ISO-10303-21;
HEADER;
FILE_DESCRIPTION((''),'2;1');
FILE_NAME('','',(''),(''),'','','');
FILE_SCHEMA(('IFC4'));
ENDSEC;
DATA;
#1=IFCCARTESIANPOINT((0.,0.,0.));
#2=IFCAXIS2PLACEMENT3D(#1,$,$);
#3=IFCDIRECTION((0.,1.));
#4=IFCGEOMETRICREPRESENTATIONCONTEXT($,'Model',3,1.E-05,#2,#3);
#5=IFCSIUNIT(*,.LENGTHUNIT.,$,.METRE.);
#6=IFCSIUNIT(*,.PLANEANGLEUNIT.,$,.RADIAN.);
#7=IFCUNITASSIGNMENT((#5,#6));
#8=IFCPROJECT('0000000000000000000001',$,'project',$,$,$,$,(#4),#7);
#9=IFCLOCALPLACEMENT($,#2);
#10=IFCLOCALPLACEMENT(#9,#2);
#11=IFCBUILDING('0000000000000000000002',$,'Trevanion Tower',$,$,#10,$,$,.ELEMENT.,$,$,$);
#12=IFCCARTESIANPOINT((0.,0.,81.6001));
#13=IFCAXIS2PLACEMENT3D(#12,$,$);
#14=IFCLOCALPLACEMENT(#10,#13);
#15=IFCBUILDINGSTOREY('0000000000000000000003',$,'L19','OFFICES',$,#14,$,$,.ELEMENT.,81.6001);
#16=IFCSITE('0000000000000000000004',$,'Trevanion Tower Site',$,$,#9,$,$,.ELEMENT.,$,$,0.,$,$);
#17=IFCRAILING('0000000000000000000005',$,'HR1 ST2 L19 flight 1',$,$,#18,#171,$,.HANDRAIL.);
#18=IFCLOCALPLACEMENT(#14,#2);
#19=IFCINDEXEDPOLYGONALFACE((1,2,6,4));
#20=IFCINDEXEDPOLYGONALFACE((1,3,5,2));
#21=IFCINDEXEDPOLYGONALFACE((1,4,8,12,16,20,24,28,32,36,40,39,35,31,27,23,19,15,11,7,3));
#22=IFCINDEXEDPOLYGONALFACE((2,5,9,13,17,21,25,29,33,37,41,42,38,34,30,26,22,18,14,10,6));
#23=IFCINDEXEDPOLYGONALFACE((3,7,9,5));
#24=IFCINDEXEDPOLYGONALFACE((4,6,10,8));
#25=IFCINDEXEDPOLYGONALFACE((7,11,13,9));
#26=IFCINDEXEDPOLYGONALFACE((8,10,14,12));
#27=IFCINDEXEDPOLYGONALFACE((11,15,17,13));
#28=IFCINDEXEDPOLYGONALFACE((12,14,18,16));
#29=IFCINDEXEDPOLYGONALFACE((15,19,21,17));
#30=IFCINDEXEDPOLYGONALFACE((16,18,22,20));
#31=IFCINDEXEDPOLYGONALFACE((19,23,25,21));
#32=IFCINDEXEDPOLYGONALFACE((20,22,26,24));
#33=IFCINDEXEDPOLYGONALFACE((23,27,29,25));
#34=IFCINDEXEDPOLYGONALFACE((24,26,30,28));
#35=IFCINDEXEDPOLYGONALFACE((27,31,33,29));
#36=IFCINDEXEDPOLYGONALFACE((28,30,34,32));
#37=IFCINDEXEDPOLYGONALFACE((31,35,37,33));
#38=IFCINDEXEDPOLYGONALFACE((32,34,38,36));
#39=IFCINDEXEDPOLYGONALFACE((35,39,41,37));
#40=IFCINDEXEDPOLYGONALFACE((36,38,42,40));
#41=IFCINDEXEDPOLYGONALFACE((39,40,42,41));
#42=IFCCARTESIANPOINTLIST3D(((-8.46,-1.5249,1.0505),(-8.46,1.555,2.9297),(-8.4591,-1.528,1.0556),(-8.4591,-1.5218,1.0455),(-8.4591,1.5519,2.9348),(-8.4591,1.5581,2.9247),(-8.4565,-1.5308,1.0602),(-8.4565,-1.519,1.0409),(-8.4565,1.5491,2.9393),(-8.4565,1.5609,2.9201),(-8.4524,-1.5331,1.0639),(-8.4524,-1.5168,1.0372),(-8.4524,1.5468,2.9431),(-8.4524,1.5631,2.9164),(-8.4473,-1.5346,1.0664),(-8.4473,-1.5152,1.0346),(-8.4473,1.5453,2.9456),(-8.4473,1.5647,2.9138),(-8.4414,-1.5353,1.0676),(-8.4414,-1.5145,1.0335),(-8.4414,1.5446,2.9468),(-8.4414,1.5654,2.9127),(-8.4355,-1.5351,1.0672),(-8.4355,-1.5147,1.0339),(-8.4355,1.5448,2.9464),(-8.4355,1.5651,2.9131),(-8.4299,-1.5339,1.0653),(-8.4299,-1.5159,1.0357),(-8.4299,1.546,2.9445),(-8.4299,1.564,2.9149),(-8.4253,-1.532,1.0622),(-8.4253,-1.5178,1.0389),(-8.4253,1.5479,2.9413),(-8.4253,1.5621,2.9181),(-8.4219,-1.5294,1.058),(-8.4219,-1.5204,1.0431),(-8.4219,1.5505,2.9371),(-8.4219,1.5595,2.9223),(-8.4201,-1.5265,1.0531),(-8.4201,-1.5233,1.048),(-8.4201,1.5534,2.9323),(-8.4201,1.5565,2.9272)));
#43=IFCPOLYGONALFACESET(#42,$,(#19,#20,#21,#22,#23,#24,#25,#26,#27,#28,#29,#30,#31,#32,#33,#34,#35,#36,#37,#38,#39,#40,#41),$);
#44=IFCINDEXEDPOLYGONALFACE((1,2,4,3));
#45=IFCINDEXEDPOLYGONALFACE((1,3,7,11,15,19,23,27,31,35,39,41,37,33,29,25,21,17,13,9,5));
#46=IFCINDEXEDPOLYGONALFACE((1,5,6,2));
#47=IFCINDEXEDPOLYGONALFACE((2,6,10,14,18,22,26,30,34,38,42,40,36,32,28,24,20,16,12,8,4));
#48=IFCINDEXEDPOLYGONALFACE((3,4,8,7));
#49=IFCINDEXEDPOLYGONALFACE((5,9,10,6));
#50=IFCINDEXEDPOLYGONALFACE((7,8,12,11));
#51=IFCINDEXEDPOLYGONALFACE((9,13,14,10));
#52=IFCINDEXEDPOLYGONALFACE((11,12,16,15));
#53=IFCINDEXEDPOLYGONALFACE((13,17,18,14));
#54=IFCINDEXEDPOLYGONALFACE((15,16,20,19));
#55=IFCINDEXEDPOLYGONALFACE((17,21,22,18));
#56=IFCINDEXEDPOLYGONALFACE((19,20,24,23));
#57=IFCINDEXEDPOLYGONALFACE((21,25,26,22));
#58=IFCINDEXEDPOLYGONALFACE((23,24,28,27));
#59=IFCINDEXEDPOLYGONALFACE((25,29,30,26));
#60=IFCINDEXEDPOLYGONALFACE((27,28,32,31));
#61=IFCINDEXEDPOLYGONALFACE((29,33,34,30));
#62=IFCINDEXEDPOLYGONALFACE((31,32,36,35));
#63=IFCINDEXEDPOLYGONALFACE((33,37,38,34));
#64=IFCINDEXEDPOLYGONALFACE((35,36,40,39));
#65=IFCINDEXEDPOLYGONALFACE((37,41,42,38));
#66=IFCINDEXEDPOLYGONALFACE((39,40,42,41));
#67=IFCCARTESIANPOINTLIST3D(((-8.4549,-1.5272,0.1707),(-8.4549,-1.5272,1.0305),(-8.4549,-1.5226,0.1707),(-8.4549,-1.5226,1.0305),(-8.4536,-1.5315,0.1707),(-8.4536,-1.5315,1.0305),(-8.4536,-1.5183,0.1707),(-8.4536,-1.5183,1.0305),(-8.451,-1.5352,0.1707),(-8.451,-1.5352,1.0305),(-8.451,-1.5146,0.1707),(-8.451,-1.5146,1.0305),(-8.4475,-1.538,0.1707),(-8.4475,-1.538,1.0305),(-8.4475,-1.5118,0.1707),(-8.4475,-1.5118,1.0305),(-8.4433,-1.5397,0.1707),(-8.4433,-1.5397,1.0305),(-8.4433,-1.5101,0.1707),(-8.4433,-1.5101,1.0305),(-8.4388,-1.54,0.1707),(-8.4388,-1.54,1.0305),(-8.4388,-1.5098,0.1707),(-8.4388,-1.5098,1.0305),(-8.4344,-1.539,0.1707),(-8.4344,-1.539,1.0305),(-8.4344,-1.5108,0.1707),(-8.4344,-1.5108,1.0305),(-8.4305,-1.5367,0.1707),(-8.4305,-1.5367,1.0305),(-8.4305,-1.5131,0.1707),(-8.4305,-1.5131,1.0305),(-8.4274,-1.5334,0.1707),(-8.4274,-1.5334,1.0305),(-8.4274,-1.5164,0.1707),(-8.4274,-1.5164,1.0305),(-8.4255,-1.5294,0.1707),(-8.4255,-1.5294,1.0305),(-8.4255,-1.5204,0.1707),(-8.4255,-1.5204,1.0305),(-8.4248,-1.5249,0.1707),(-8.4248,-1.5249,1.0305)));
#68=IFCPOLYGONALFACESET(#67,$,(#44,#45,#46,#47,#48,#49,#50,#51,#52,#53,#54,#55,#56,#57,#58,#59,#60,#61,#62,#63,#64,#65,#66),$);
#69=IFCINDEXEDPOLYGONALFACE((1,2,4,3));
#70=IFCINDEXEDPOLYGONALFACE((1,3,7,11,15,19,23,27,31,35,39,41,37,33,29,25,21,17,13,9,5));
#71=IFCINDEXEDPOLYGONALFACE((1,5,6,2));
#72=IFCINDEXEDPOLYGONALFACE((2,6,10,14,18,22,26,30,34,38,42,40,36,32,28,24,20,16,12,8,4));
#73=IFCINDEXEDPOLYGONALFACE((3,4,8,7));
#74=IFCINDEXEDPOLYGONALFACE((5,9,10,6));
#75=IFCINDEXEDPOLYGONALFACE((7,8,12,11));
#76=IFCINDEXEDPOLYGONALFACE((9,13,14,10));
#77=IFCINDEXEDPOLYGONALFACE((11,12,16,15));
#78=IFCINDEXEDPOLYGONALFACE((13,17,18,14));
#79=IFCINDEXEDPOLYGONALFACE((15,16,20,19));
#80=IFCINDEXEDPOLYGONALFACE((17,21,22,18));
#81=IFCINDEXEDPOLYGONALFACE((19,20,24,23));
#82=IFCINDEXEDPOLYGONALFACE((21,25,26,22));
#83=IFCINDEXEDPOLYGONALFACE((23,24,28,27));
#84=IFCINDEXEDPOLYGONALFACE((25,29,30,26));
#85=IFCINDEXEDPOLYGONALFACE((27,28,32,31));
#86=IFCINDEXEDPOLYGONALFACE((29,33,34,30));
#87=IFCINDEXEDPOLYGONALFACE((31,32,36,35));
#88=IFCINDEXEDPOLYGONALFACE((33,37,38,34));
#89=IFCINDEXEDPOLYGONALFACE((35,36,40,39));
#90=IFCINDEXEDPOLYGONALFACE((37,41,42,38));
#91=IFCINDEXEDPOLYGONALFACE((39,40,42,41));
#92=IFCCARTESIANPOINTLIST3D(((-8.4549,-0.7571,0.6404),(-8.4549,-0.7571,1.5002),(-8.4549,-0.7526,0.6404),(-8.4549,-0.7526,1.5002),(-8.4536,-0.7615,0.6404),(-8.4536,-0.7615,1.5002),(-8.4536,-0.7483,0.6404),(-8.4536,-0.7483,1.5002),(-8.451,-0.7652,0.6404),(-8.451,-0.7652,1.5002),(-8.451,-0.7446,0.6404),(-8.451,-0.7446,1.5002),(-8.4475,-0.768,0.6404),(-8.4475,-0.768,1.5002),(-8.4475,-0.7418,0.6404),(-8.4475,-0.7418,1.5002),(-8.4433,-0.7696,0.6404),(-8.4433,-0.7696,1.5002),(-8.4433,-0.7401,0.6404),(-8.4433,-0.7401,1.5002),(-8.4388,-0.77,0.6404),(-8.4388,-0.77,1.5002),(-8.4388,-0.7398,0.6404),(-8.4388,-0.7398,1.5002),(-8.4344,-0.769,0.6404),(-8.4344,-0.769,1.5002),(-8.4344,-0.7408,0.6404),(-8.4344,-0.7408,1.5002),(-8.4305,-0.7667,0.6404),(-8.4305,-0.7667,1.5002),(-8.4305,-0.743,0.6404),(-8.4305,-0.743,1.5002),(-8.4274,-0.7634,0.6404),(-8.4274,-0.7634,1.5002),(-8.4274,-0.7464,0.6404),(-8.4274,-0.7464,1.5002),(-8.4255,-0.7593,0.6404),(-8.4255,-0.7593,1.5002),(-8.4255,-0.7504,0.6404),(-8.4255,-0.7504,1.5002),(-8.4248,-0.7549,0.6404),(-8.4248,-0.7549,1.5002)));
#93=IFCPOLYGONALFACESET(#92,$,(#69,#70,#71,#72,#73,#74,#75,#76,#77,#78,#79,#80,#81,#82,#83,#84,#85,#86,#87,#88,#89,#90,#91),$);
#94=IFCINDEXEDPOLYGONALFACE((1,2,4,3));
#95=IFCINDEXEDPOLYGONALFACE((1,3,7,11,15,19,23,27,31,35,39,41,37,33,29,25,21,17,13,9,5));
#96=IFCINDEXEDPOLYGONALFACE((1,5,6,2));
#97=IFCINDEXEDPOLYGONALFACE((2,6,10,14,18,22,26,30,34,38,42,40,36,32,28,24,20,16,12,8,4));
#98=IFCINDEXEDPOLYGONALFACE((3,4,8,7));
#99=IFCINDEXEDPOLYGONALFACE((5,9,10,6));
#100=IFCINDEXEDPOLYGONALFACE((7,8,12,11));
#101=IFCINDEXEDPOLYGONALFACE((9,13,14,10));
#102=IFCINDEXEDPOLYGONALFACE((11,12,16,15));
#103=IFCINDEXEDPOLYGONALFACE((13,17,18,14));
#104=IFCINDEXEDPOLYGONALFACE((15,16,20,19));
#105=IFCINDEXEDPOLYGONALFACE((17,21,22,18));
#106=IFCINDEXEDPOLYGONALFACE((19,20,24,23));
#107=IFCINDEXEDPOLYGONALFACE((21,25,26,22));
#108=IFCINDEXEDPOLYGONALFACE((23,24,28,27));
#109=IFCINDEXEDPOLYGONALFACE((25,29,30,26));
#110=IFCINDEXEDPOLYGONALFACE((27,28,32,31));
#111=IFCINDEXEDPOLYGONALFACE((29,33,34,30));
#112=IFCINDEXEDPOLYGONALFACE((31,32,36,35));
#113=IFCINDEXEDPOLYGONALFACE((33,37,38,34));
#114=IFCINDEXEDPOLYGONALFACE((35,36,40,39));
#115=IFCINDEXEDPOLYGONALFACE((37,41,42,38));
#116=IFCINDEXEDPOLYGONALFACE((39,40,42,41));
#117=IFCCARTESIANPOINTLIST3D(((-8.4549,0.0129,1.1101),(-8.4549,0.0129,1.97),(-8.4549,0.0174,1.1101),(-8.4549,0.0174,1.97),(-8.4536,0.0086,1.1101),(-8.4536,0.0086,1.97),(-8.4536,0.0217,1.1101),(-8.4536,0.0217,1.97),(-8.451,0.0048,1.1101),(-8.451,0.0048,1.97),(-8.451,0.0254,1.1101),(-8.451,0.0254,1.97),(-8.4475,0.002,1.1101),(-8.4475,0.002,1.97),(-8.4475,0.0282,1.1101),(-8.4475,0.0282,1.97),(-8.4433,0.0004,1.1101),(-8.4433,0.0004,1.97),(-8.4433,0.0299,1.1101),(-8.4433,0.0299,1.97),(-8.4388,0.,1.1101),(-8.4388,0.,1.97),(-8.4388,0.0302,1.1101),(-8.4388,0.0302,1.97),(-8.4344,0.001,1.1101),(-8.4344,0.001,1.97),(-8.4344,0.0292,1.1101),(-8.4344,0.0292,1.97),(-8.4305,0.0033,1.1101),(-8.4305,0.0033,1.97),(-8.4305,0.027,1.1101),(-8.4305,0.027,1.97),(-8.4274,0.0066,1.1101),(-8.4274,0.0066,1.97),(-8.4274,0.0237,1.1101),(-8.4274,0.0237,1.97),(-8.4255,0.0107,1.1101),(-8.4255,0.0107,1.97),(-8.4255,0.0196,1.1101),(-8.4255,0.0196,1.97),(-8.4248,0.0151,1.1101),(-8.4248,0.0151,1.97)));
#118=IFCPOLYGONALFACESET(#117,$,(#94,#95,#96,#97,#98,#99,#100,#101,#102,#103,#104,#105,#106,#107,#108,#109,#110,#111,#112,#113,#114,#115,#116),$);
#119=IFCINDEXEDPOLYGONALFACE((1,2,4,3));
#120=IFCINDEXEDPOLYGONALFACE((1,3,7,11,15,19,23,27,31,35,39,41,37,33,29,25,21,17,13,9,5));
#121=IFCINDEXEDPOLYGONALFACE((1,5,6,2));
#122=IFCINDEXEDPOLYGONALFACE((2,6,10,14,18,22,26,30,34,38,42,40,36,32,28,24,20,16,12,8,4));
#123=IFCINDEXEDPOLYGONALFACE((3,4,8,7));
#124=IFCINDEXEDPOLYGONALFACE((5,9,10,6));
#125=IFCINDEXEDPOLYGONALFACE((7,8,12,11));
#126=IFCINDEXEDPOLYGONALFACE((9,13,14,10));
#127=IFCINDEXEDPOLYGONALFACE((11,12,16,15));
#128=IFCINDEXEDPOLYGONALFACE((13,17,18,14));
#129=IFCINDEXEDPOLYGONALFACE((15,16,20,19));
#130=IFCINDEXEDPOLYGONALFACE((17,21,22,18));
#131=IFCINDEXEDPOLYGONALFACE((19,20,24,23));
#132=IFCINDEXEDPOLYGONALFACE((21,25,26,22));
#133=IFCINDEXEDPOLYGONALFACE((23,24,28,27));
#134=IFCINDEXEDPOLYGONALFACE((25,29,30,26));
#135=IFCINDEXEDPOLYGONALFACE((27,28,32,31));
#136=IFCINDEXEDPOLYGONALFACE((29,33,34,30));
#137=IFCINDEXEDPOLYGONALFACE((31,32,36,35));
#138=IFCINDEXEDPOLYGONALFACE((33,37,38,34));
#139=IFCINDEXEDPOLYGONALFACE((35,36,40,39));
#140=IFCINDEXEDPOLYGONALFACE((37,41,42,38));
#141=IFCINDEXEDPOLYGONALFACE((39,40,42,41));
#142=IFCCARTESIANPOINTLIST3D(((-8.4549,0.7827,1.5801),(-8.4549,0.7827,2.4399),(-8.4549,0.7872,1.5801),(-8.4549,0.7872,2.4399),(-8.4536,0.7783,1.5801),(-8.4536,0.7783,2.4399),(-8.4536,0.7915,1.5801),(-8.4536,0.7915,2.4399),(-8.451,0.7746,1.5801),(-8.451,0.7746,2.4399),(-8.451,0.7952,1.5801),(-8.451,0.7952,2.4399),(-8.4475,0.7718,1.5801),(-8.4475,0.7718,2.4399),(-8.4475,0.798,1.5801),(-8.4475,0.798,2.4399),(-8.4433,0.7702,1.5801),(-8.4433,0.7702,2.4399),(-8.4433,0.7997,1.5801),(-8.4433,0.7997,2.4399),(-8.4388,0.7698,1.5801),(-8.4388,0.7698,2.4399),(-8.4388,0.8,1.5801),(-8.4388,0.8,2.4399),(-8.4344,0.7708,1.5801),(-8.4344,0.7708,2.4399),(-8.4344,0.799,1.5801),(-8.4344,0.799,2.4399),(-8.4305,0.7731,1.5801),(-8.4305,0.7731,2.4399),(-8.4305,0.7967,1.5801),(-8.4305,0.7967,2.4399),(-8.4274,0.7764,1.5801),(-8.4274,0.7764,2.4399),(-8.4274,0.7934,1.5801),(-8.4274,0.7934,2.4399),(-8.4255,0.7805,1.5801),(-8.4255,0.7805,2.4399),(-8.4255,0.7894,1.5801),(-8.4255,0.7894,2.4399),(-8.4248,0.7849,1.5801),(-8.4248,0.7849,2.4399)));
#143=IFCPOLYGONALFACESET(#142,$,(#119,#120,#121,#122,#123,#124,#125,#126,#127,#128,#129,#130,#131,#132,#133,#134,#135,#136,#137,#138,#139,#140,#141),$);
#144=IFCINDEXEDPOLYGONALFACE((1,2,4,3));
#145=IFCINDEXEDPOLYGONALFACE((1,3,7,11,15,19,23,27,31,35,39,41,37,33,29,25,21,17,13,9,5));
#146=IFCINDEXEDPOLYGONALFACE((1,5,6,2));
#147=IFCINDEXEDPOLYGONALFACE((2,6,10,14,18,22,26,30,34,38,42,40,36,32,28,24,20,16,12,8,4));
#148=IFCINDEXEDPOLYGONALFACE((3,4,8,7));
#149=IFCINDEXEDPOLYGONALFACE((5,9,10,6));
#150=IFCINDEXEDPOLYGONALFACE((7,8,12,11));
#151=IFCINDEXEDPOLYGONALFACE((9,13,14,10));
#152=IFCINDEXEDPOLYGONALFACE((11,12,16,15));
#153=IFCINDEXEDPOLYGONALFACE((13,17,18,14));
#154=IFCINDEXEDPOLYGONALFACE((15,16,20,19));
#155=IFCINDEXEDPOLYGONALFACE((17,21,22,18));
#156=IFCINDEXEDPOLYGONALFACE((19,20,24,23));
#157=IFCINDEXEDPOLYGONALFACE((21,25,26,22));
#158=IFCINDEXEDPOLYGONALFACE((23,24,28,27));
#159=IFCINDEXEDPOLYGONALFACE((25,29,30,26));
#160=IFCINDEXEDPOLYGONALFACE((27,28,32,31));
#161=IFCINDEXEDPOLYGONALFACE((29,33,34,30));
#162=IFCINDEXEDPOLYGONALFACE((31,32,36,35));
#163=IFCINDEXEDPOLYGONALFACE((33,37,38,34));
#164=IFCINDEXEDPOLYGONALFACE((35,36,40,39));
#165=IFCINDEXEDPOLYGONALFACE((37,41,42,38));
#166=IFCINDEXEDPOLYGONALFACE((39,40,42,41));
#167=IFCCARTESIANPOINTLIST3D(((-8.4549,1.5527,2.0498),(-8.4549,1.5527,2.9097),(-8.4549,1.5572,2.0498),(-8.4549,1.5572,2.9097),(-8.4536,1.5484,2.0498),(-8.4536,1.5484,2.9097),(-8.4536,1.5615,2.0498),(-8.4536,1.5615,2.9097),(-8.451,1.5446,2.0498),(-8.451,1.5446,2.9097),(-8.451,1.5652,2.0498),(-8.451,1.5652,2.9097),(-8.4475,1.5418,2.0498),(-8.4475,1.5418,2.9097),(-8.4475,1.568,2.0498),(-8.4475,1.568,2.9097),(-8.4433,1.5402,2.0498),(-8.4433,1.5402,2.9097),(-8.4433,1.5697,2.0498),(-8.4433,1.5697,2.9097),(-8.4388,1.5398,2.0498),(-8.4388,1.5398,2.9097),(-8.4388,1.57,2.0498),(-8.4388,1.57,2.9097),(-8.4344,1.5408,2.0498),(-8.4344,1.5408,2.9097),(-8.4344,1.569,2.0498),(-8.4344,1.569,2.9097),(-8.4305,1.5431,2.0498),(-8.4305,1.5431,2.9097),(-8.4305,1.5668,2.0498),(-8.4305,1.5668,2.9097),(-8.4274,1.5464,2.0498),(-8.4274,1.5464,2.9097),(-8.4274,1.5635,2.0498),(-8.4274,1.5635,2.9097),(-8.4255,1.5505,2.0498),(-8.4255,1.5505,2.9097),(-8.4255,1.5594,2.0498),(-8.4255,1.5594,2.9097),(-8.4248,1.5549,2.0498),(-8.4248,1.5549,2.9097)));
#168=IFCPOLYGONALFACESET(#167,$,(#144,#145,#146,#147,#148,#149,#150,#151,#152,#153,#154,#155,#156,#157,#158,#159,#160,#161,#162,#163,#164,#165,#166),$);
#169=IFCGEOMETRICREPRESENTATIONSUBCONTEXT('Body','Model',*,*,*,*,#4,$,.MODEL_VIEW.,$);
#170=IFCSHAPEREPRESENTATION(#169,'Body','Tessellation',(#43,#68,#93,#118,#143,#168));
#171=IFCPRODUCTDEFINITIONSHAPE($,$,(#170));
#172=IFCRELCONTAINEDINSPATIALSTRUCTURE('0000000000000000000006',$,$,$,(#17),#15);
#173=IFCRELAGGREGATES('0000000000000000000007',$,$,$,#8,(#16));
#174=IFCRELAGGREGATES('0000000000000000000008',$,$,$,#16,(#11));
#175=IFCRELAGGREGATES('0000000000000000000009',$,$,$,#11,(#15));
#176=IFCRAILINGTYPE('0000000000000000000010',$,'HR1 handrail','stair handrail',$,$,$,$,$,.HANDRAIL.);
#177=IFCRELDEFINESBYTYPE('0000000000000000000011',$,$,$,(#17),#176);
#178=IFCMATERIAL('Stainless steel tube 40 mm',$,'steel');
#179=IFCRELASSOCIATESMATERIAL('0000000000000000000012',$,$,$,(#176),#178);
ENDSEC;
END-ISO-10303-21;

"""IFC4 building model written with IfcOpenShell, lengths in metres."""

from ifc_helpers import new_model, si_unit, direction, frame, origin, origin_2d, place, context, subcontext, project, spatial, circle, extrude, material, type_object, element, save


model = new_model("IFC4")

# Units and contexts
model_context = context("Model", 3, precision=1e-05, world=origin(), true_north=direction((0.0, 1.0)))
body_context = subcontext(model_context, "Body", "Model", "MODEL_VIEW")
ifc_project = project(units=[si_unit("LENGTHUNIT", "METRE"), si_unit("PLANEANGLEUNIT", "RADIAN")], contexts=[model_context])

# Site, building, storey
site_placement = place(None, origin())
site = spatial("IfcSite", under=ifc_project, at=site_placement, Name="Trevanion Tower Site", CompositionType="ELEMENT", RefElevation=0.0)
building_placement = place(site_placement, origin())
building = spatial("IfcBuilding", under=site, at=building_placement, Name="Trevanion Tower", CompositionType="ELEMENT")
storey_placement = place(building_placement, frame((0.0, 0.0, 81.6001)))
storey = spatial("IfcBuildingStorey", under=building, at=storey_placement, Name="L19", Description="OFFICES", CompositionType="ELEMENT", Elevation=81.6001)

# Railing
ifc_material_1 = material(Name="Stainless steel tube 40 mm", Category="steel")
railing_type = type_object("IfcRailingType", Name="HR1 handrail", Description="stair handrail", PredefinedType="HANDRAIL", material=ifc_material_1)
for number, where, name in (
    (1, (-8.4399, -1.5249, 0.1707), "HR1 ST2 L19 flight 1"),
):
    element("IfcRailing", number, at=place(storey_placement, frame(where)), inside=storey, type_object=railing_type, Name=name, PredefinedType="HANDRAIL", context=body_context, shape_type="SweptSolid", body=[
        extrude(circle(Radius=0.02, at=origin_2d()), frame((0.0, 0.0, 0.8799), z_axis=(0.0, 0.853648, 0.52085), x_axis=(-1.0, 0.0, 0.0)), (0.0, 0.0, 1.0), 3.6079),
        extrude(circle(Radius=0.0151, at=origin_2d()), origin(), (0.0, 0.0, 1.0), 0.8599),
        extrude(circle(Radius=0.0151, at=origin_2d()), frame((0.0, 0.77, 0.4697)), (0.0, 0.0, 1.0), 0.8599),
        extrude(circle(Radius=0.0151, at=origin_2d()), frame((0.0, 1.54, 0.9395)), (0.0, 0.0, 1.0), 0.8599),
        extrude(circle(Radius=0.0151, at=origin_2d()), frame((0.0, 2.3098, 1.4094)), (0.0, 0.0, 1.0), 0.8599),
        extrude(circle(Radius=0.0151, at=origin_2d()), frame((0.0, 3.0798, 1.8792)), (0.0, 0.0, 1.0), 0.8599),
    ])

save(model, "model.ifc")
